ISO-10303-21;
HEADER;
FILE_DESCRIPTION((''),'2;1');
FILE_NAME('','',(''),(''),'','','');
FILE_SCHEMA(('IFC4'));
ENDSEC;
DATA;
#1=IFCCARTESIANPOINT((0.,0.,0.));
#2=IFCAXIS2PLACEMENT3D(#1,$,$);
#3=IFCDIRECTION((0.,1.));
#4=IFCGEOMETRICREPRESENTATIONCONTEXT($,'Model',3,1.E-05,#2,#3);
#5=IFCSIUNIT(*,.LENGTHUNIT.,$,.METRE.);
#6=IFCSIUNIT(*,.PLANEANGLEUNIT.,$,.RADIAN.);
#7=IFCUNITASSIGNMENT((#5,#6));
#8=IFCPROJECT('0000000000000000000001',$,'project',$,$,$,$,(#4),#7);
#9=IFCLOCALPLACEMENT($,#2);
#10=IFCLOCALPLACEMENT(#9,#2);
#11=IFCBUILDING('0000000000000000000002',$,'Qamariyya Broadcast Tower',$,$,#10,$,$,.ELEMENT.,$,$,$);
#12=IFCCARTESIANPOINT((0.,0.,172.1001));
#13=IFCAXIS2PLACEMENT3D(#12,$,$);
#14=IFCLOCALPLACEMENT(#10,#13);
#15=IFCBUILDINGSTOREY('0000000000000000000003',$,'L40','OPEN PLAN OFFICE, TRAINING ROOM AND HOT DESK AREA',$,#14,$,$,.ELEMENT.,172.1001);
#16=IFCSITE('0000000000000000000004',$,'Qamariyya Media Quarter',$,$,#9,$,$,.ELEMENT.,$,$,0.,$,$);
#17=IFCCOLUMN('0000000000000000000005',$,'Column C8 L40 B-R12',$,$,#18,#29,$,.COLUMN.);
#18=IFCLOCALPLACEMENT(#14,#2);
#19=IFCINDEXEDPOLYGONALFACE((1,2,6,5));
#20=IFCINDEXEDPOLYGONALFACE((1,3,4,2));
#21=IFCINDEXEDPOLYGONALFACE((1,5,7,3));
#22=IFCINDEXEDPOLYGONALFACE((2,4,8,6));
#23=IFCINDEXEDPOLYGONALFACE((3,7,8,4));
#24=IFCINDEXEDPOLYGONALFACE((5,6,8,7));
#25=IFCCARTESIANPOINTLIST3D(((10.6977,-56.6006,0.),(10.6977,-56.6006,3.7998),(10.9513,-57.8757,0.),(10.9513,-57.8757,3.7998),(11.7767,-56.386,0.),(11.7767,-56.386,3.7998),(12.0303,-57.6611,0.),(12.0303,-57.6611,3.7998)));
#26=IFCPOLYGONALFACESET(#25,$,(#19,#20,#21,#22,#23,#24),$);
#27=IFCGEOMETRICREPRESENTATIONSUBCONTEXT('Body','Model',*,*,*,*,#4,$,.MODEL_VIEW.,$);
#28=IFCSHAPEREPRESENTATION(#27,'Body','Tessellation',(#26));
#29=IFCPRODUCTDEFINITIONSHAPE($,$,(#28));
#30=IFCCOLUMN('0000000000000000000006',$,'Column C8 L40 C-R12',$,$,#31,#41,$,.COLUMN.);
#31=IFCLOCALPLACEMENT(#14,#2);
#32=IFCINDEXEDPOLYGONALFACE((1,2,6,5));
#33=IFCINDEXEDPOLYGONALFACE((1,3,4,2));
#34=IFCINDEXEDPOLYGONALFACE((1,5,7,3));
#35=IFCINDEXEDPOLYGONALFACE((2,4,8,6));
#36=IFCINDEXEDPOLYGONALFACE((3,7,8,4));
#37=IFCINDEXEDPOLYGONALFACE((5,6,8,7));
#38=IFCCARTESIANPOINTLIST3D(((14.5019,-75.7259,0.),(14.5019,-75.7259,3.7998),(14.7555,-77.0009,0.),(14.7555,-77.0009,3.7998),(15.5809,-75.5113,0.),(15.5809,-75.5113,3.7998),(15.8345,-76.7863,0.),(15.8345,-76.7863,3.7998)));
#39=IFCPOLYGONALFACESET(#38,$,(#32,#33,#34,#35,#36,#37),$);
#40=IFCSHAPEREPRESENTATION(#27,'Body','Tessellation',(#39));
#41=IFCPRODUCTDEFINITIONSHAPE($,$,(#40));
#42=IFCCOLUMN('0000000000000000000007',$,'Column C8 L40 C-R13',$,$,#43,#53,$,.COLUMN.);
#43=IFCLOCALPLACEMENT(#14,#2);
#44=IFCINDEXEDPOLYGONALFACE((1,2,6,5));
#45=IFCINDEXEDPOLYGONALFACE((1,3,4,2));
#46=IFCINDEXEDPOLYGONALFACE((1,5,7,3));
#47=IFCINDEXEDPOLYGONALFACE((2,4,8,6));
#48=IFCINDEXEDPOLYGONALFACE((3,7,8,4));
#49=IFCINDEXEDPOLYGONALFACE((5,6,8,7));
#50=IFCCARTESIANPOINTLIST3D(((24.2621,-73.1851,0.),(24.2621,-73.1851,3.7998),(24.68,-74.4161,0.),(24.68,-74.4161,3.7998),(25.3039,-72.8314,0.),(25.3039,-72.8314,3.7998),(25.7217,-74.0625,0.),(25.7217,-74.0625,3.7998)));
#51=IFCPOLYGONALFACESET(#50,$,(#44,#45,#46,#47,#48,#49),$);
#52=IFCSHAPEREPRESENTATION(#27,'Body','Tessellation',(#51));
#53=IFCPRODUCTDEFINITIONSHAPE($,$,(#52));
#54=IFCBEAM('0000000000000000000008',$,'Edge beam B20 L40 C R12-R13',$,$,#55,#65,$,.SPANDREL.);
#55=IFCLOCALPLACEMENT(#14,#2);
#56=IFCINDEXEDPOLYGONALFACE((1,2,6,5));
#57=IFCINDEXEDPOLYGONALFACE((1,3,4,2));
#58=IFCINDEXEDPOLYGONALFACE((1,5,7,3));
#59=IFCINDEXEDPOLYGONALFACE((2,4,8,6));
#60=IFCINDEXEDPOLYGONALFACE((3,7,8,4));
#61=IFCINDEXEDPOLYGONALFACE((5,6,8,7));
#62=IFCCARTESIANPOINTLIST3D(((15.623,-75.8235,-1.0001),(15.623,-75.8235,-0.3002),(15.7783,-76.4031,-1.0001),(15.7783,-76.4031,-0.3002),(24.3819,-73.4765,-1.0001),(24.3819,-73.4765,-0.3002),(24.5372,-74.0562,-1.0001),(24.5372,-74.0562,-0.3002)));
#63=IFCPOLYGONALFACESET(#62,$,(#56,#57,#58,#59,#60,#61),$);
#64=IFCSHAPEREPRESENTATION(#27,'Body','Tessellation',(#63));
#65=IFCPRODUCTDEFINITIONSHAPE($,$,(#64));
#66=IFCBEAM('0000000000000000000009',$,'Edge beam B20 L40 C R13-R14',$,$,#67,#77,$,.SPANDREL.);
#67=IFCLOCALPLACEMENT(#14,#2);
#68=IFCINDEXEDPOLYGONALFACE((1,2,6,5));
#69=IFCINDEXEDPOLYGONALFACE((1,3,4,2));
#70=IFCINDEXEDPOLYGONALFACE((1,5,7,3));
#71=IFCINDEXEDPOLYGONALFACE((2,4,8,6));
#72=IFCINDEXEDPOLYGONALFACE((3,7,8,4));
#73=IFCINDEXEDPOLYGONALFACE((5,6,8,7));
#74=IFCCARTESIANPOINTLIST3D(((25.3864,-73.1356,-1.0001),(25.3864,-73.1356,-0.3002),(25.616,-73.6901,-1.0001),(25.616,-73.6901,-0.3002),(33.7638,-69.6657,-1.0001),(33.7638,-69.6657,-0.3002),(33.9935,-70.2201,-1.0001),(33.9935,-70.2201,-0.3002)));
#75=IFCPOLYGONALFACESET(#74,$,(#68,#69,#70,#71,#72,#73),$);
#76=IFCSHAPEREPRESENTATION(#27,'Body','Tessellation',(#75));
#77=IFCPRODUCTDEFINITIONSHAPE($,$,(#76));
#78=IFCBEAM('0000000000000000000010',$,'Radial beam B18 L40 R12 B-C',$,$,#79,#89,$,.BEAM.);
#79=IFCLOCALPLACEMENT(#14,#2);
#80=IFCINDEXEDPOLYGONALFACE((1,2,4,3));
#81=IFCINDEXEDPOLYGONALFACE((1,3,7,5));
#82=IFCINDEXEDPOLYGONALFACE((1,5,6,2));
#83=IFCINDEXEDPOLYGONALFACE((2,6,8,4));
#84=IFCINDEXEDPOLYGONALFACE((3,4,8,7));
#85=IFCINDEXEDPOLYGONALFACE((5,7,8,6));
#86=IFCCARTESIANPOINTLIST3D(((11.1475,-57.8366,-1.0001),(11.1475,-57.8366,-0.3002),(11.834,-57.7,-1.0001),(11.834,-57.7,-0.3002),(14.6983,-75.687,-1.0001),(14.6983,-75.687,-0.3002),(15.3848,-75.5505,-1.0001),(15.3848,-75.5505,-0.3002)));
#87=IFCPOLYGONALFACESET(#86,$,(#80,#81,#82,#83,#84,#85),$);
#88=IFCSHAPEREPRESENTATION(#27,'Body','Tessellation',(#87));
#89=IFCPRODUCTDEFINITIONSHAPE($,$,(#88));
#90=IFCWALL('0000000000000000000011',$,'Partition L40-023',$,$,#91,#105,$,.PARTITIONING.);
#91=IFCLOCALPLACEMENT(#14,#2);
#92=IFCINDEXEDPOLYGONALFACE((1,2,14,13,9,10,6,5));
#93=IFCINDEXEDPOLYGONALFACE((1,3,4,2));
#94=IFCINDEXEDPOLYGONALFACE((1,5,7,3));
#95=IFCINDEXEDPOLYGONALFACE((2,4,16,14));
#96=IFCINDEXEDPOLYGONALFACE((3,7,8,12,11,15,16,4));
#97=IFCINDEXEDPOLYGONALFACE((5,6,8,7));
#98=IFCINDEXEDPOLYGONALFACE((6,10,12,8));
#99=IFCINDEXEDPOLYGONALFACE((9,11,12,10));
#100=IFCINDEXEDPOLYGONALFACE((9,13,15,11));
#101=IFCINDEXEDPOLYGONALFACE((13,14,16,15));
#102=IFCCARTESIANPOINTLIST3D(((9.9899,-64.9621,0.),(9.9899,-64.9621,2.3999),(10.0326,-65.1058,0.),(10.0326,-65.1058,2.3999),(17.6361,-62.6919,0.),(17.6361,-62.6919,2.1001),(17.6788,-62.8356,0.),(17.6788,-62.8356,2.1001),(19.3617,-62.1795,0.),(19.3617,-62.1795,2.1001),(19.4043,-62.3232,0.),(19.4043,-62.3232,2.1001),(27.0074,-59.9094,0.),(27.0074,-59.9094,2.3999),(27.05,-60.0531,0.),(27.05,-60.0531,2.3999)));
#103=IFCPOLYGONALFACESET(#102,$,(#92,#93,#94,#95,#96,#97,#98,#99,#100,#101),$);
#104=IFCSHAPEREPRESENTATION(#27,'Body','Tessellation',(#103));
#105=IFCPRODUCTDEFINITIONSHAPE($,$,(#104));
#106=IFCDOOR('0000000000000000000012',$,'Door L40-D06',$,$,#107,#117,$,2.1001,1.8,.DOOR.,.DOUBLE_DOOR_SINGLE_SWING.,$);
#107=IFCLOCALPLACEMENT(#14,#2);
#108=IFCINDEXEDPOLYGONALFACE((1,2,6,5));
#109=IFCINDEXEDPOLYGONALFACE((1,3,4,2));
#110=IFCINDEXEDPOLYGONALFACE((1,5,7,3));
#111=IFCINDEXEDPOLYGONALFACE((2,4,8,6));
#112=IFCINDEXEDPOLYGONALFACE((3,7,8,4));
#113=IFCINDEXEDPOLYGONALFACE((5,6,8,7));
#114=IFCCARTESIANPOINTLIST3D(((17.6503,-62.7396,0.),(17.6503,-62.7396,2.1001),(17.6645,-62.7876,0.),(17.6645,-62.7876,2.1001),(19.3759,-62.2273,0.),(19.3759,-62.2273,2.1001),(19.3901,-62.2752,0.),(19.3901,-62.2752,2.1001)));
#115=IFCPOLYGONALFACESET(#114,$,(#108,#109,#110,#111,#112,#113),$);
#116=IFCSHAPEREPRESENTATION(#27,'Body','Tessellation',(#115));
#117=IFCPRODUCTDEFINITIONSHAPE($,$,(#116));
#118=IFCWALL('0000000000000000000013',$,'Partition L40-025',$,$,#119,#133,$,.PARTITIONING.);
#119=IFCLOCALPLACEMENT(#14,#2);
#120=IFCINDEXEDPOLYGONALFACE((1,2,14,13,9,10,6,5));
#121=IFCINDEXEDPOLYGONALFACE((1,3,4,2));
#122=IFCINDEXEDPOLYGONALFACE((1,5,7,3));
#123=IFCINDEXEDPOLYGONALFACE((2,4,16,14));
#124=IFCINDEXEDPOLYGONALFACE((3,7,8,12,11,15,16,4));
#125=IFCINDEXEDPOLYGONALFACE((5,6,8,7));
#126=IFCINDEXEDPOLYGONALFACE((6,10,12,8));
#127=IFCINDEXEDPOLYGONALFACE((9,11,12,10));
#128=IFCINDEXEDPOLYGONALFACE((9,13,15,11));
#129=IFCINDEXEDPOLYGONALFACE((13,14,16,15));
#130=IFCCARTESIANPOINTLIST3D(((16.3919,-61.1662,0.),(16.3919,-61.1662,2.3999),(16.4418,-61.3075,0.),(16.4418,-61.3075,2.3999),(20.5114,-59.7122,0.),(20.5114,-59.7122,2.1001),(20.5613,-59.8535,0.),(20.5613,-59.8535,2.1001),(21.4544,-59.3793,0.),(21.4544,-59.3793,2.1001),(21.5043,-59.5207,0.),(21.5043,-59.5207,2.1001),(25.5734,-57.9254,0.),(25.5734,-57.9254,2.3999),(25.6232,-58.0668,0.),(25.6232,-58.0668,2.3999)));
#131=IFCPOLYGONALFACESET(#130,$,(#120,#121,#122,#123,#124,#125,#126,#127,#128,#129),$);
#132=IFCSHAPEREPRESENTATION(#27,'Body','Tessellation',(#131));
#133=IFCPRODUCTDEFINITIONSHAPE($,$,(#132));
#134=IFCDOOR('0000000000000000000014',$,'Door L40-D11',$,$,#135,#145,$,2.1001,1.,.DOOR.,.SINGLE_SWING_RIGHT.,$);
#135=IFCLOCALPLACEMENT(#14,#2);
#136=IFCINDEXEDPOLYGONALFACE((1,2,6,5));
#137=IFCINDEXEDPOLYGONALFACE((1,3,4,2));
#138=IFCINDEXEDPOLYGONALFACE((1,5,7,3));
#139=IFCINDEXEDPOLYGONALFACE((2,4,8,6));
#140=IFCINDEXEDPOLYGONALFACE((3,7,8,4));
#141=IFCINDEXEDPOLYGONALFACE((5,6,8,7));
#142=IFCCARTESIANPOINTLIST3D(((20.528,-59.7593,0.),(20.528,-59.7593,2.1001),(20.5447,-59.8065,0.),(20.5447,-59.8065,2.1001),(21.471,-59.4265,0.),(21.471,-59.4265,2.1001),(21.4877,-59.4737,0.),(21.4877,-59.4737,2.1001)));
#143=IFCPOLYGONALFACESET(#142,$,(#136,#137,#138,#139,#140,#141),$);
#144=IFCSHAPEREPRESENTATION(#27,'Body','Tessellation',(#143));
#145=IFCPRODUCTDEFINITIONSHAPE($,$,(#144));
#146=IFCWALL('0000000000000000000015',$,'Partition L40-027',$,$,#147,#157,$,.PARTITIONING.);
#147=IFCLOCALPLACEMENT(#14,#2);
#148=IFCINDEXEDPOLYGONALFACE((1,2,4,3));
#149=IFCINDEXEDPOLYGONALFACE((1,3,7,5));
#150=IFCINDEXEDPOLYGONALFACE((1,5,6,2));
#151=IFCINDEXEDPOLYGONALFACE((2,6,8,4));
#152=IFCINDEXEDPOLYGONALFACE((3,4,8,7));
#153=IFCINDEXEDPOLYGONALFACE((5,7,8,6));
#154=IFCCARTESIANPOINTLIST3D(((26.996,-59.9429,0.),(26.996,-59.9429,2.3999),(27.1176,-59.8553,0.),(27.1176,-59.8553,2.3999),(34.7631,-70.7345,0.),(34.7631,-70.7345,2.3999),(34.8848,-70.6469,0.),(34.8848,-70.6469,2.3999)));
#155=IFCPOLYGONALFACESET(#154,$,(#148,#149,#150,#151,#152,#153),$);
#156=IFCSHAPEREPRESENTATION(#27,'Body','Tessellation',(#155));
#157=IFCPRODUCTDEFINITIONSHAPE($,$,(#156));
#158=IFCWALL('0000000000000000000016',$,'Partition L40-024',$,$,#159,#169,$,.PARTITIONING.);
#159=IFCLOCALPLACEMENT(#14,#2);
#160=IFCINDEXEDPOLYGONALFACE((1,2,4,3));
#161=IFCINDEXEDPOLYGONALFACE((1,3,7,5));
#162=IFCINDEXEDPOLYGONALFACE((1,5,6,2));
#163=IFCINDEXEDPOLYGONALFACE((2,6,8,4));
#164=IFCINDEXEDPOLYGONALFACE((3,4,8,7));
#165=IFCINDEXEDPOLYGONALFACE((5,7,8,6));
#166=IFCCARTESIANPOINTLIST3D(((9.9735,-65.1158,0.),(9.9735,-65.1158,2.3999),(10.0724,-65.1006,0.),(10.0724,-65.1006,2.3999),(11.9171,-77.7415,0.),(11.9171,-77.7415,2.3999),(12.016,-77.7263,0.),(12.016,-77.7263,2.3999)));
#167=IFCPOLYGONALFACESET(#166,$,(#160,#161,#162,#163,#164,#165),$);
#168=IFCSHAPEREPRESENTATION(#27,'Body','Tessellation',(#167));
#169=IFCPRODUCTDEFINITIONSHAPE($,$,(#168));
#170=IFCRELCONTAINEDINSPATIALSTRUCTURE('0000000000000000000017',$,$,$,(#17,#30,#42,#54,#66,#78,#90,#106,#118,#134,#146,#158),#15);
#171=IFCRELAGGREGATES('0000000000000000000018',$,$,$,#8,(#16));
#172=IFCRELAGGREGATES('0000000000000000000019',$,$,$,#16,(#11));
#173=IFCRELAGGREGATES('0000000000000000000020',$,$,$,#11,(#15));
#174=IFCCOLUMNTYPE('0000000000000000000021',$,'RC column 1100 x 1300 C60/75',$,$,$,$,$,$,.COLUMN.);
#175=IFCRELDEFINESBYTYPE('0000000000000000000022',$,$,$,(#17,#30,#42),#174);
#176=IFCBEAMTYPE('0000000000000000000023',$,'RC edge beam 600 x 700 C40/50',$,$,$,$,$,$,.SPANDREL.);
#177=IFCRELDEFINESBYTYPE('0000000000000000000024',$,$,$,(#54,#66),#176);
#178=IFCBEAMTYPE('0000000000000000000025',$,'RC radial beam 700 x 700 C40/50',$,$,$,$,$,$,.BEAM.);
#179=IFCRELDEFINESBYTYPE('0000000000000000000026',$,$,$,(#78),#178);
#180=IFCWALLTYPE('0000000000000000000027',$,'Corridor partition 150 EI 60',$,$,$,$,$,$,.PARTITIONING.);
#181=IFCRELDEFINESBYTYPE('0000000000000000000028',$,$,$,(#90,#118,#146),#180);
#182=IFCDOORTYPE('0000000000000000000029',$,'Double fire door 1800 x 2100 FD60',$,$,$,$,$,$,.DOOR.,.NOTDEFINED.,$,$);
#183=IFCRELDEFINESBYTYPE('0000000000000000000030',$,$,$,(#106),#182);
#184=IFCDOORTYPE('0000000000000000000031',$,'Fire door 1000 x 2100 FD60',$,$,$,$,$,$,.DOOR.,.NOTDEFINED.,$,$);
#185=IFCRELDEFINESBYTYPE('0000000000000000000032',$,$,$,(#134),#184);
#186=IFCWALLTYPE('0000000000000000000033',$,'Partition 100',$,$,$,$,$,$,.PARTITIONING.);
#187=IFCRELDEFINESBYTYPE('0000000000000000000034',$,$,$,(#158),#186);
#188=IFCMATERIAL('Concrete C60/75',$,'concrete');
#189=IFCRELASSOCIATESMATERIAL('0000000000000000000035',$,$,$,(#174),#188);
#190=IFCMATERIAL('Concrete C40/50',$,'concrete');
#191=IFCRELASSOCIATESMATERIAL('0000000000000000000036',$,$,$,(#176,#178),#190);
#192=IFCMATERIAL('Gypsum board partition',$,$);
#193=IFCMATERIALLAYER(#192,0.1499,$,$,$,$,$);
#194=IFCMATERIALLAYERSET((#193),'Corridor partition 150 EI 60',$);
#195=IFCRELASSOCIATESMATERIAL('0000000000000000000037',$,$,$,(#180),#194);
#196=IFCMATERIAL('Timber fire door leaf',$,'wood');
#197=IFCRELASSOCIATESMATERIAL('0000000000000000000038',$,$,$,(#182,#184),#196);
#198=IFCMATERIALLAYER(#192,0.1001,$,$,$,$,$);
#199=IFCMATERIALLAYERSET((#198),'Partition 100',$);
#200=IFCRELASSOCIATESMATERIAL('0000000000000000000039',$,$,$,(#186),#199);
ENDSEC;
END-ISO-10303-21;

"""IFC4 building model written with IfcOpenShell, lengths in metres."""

from ifc_helpers import new_model, si_unit, direction, frame, frame_2d, origin, origin_2d, place, context, subcontext, project, spatial, rectangle, extrude, material, layer, layer_set, material_profile, profile_set, type_object, element, fill, save


model = new_model("IFC4")

# Units and contexts
model_context = context("Model", 3, precision=1e-05, world=origin(), true_north=direction((0.0, 1.0)))
body_context = subcontext(model_context, "Body", "Model", "MODEL_VIEW")
ifc_project = project(units=[si_unit("LENGTHUNIT", "METRE"), si_unit("PLANEANGLEUNIT", "RADIAN")], contexts=[model_context])

# Site, building, storey
site_placement = place(None, origin())
site = spatial("IfcSite", under=ifc_project, at=site_placement, Name="Qamariyya Media Quarter", CompositionType="ELEMENT", RefElevation=0.0)
building_placement = place(site_placement, origin())
building = spatial("IfcBuilding", under=site, at=building_placement, Name="Qamariyya Broadcast Tower", CompositionType="ELEMENT")
storey_placement = place(building_placement, frame((0.0, 0.0, 172.1001)))
storey = spatial("IfcBuildingStorey", under=building, at=storey_placement, Name="L40", Description="OPEN PLAN OFFICE, TRAINING ROOM AND HOT DESK AREA", CompositionType="ELEMENT", Elevation=172.1001)

# Columns
ifc_material_1 = material(Name="Concrete C60/75", Category="concrete")
ifc_material_profile_1 = material_profile(ifc_material_1, rectangle(XDim=1.1001, YDim=1.3, at=origin_2d()))
ifc_profile_set_1 = profile_set([ifc_material_profile_1], Name="Concrete C60/75")
column_type = type_object("IfcColumnType", Name="RC column 1100 x 1300 C60/75", PredefinedType="COLUMN", material=ifc_profile_set_1)
for number, where, z_axis, x_axis, name in (
    (1, (11.364, -57.1309, 0.0), (0.0, 0.0, 1.0), (0.980785, 0.19509, 0.0), "Column C8 L40 B-R12"),
    (2, (15.1682, -76.2561, 0.0), (0.0, 0.0, 1.0), (0.980785, 0.19509, 0.0), "Column C8 L40 C-R12"),
    (3, (24.9919, -73.6238, 0.0), (0.0, 0.0, 1.0), (0.94693, 0.321439, 0.0), "Column C8 L40 C-R13"),
):
    element("IfcColumn", number, at=place(storey_placement, frame(where, z_axis=z_axis, x_axis=x_axis)), inside=storey, type_object=column_type, Name=name, PredefinedType="COLUMN", context=body_context, shape_type="SweptSolid", body=[
        extrude(rectangle(XDim=1.1001, YDim=1.3, at=origin_2d()), origin(), (0.0, 0.0, 1.0), 3.7998),
    ])

# Beams
ifc_material_2 = material(Name="Concrete C40/50", Category="concrete")
ifc_material_profile_2 = material_profile(ifc_material_2, rectangle(XDim=0.6001, YDim=0.7, at=origin_2d()))
ifc_profile_set_2 = profile_set([ifc_material_profile_2], Name="Concrete C40/50")
beam_type_1 = type_object("IfcBeamType", Name="RC edge beam 600 x 700 C40/50", PredefinedType="SPANDREL", material=ifc_profile_set_2)
beam_1_placement = place(storey_placement, frame((15.7007, -76.1133, -0.6501), z_axis=(0.965925, 0.25882, 0.0), x_axis=(-0.25882, 0.965925, 0.0)))
element("IfcBeam", 4, at=beam_1_placement, inside=storey, type_object=beam_type_1, Name="Edge beam B20 L40 C R12-R13", PredefinedType="SPANDREL", context=body_context, shape_type="SweptSolid", body=[
    extrude(rectangle(XDim=0.6001, YDim=0.7, at=origin_2d()), origin(), (0.0, 0.0, 1.0), 9.0679),
])
beam_2_placement = place(storey_placement, frame((25.5012, -73.4128, -0.6501), z_axis=(0.923883, 0.382676, 0.0), x_axis=(-0.382676, 0.923883, 0.0)))
element("IfcBeam", 5, at=beam_2_placement, inside=storey, type_object=beam_type_1, Name="Edge beam B20 L40 C R13-R14", PredefinedType="SPANDREL", context=body_context, shape_type="SweptSolid", body=[
    extrude(rectangle(XDim=0.6001, YDim=0.7, at=origin_2d()), origin(), (0.0, 0.0, 1.0), 9.0676),
])
ifc_material_profile_3 = material_profile(ifc_material_2, rectangle(XDim=0.7, YDim=0.7, at=origin_2d()))
ifc_profile_set_3 = profile_set([ifc_material_profile_3], Name="Concrete C40/50")
beam_type_2 = type_object("IfcBeamType", Name="RC radial beam 700 x 700 C40/50", PredefinedType="BEAM", material=ifc_profile_set_3)
beam_3_placement = place(storey_placement, frame((11.4907, -57.7683, -0.6501), z_axis=(0.195097, -0.980784, 0.0), x_axis=(0.980784, 0.195097, 0.0)))
element("IfcBeam", 6, at=beam_3_placement, inside=storey, type_object=beam_type_2, Name="Radial beam B18 L40 R12 B-C", PredefinedType="BEAM", context=body_context, shape_type="SweptSolid", body=[
    extrude(rectangle(XDim=0.7, YDim=0.7, at=origin_2d()), origin(), (0.0, 0.0, 1.0), 18.2002),
])

# Walls, openings, doors
ifc_material_3 = material(Name="Gypsum board partition")
ifc_layer_1 = layer(ifc_material_3, 0.1499)
ifc_layer_set_1 = layer_set([ifc_layer_1], Name="Corridor partition 150 EI 60")
wall_type_1 = type_object("IfcWallType", Name="Corridor partition 150 EI 60", PredefinedType="PARTITIONING", material=ifc_layer_set_1)
wall_1_placement = place(storey_placement, frame((27.0288, -59.9812, 0.0), z_axis=(0.0, 0.0, 1.0), x_axis=(-0.958636, -0.284635, 0.0)))
wall_1 = element("IfcWall", 7, at=wall_1_placement, inside=storey, type_object=wall_type_1, Name="Partition L40-023", PredefinedType="PARTITIONING", context=body_context, shape_type="SweptSolid", body=[
    extrude(rectangle(XDim=17.7517, YDim=0.1499, at=frame_2d((8.876, 0.0))), origin(), (0.0, 0.0, 1.0), 2.3999),
])
opening_1_placement = place(wall_1_placement, frame((7.9758, 0.0, 0.0)))
opening_1 = element("IfcOpeningElement", 8, at=opening_1_placement, cuts=wall_1, PredefinedType="OPENING", context=body_context, shape_type="SweptSolid", body=[
    extrude(rectangle(XDim=1.8, YDim=2.1001, at=frame_2d((0.8999, 1.05))), frame((0.0, 0.085, 0.0), z_axis=(0.0, -1.0, 0.0), x_axis=(1.0, 0.0, 0.0)), (0.0, 0.0, 1.0), 0.1699),
])
ifc_material_4 = material(Name="Timber fire door leaf", Category="wood")
door_type_1 = type_object("IfcDoorType", Name="Double fire door 1800 x 2100 FD60", OperationType="NOTDEFINED", PredefinedType="DOOR", material=ifc_material_4)
door_1_placement = place(opening_1_placement, origin())
door_1 = element("IfcDoor", 9, at=door_1_placement, inside=storey, type_object=door_type_1, Name="Door L40-D06", OperationType="DOUBLE_DOOR_SINGLE_SWING", OverallHeight=2.1001, OverallWidth=1.8, PredefinedType="DOOR", context=body_context, shape_type="SweptSolid", body=[
    extrude(rectangle(XDim=1.8, YDim=2.1001, at=frame_2d((0.8999, 1.05))), frame((0.0, 0.0249, 0.0), z_axis=(0.0, -1.0, 0.0), x_axis=(1.0, 0.0, 0.0)), (0.0, 0.0, 1.0), 0.05),
])
fill(opening_1, door_1)
wall_2_placement = place(storey_placement, frame((16.417, -61.2368, 0.0), z_axis=(0.0, 0.0, 1.0), x_axis=(0.942983, 0.332841, 0.0)))
wall_2 = element("IfcWall", 10, at=wall_2_placement, inside=storey, type_object=wall_type_1, Name="Partition L40-025", PredefinedType="PARTITIONING", context=body_context, shape_type="SweptSolid", body=[
    extrude(rectangle(XDim=9.7366, YDim=0.1499, at=frame_2d((4.8682, 0.0))), origin(), (0.0, 0.0, 1.0), 2.3999),
])
opening_2_placement = place(wall_2_placement, frame((4.3684, 0.0, 0.0)))
opening_2 = element("IfcOpeningElement", 11, at=opening_2_placement, cuts=wall_2, PredefinedType="OPENING", context=body_context, shape_type="SweptSolid", body=[
    extrude(rectangle(XDim=1.0, YDim=2.1001, at=frame_2d((0.5, 1.05))), frame((0.0, 0.085, 0.0), z_axis=(0.0, -1.0, 0.0), x_axis=(1.0, 0.0, 0.0)), (0.0, 0.0, 1.0), 0.1699),
])
door_type_2 = type_object("IfcDoorType", Name="Fire door 1000 x 2100 FD60", OperationType="NOTDEFINED", PredefinedType="DOOR", material=ifc_material_4)
door_2_placement = place(opening_2_placement, origin())
door_2 = element("IfcDoor", 12, at=door_2_placement, inside=storey, type_object=door_type_2, Name="Door L40-D11", OperationType="SINGLE_SWING_RIGHT", OverallHeight=2.1001, OverallWidth=1.0, PredefinedType="DOOR", context=body_context, shape_type="SweptSolid", body=[
    extrude(rectangle(XDim=1.0, YDim=2.1001, at=frame_2d((0.5, 1.05))), frame((0.0, 0.0249, 0.0), z_axis=(0.0, -1.0, 0.0), x_axis=(1.0, 0.0, 0.0)), (0.0, 0.0, 1.0), 0.05),
])
fill(opening_2, door_2)

# Walls
wall_3_placement = place(storey_placement, frame((27.0569, -59.8992, 0.0), z_axis=(0.0, 0.0, 1.0), x_axis=(0.584166, -0.811634, 0.0)))
element("IfcWall", 13, at=wall_3_placement, inside=storey, type_object=wall_type_1, Name="Partition L40-027", PredefinedType="PARTITIONING", context=body_context, shape_type="SweptSolid", body=[
    extrude(rectangle(XDim=13.2961, YDim=0.1499, at=frame_2d((6.6479, 0.0))), origin(), (0.0, 0.0, 1.0), 2.3999),
])
ifc_layer_2 = layer(ifc_material_3, 0.1001)
ifc_layer_set_2 = layer_set([ifc_layer_2], Name="Partition 100")
wall_type_2 = type_object("IfcWallType", Name="Partition 100", PredefinedType="PARTITIONING", material=ifc_layer_set_2)
wall_4_placement = place(storey_placement, frame((11.9666, -77.7339, 0.0), z_axis=(0.0, 0.0, 1.0), x_axis=(-0.152148, 0.988358, 0.0)))
element("IfcWall", 14, at=wall_4_placement, inside=storey, type_object=wall_type_2, Name="Partition L40-024", PredefinedType="PARTITIONING", context=body_context, shape_type="SweptSolid", body=[
    extrude(rectangle(XDim=12.7744, YDim=0.1001, at=frame_2d((6.3872, 0.0))), origin(), (0.0, 0.0, 1.0), 2.3999),
])

save(model, "model.ifc")
